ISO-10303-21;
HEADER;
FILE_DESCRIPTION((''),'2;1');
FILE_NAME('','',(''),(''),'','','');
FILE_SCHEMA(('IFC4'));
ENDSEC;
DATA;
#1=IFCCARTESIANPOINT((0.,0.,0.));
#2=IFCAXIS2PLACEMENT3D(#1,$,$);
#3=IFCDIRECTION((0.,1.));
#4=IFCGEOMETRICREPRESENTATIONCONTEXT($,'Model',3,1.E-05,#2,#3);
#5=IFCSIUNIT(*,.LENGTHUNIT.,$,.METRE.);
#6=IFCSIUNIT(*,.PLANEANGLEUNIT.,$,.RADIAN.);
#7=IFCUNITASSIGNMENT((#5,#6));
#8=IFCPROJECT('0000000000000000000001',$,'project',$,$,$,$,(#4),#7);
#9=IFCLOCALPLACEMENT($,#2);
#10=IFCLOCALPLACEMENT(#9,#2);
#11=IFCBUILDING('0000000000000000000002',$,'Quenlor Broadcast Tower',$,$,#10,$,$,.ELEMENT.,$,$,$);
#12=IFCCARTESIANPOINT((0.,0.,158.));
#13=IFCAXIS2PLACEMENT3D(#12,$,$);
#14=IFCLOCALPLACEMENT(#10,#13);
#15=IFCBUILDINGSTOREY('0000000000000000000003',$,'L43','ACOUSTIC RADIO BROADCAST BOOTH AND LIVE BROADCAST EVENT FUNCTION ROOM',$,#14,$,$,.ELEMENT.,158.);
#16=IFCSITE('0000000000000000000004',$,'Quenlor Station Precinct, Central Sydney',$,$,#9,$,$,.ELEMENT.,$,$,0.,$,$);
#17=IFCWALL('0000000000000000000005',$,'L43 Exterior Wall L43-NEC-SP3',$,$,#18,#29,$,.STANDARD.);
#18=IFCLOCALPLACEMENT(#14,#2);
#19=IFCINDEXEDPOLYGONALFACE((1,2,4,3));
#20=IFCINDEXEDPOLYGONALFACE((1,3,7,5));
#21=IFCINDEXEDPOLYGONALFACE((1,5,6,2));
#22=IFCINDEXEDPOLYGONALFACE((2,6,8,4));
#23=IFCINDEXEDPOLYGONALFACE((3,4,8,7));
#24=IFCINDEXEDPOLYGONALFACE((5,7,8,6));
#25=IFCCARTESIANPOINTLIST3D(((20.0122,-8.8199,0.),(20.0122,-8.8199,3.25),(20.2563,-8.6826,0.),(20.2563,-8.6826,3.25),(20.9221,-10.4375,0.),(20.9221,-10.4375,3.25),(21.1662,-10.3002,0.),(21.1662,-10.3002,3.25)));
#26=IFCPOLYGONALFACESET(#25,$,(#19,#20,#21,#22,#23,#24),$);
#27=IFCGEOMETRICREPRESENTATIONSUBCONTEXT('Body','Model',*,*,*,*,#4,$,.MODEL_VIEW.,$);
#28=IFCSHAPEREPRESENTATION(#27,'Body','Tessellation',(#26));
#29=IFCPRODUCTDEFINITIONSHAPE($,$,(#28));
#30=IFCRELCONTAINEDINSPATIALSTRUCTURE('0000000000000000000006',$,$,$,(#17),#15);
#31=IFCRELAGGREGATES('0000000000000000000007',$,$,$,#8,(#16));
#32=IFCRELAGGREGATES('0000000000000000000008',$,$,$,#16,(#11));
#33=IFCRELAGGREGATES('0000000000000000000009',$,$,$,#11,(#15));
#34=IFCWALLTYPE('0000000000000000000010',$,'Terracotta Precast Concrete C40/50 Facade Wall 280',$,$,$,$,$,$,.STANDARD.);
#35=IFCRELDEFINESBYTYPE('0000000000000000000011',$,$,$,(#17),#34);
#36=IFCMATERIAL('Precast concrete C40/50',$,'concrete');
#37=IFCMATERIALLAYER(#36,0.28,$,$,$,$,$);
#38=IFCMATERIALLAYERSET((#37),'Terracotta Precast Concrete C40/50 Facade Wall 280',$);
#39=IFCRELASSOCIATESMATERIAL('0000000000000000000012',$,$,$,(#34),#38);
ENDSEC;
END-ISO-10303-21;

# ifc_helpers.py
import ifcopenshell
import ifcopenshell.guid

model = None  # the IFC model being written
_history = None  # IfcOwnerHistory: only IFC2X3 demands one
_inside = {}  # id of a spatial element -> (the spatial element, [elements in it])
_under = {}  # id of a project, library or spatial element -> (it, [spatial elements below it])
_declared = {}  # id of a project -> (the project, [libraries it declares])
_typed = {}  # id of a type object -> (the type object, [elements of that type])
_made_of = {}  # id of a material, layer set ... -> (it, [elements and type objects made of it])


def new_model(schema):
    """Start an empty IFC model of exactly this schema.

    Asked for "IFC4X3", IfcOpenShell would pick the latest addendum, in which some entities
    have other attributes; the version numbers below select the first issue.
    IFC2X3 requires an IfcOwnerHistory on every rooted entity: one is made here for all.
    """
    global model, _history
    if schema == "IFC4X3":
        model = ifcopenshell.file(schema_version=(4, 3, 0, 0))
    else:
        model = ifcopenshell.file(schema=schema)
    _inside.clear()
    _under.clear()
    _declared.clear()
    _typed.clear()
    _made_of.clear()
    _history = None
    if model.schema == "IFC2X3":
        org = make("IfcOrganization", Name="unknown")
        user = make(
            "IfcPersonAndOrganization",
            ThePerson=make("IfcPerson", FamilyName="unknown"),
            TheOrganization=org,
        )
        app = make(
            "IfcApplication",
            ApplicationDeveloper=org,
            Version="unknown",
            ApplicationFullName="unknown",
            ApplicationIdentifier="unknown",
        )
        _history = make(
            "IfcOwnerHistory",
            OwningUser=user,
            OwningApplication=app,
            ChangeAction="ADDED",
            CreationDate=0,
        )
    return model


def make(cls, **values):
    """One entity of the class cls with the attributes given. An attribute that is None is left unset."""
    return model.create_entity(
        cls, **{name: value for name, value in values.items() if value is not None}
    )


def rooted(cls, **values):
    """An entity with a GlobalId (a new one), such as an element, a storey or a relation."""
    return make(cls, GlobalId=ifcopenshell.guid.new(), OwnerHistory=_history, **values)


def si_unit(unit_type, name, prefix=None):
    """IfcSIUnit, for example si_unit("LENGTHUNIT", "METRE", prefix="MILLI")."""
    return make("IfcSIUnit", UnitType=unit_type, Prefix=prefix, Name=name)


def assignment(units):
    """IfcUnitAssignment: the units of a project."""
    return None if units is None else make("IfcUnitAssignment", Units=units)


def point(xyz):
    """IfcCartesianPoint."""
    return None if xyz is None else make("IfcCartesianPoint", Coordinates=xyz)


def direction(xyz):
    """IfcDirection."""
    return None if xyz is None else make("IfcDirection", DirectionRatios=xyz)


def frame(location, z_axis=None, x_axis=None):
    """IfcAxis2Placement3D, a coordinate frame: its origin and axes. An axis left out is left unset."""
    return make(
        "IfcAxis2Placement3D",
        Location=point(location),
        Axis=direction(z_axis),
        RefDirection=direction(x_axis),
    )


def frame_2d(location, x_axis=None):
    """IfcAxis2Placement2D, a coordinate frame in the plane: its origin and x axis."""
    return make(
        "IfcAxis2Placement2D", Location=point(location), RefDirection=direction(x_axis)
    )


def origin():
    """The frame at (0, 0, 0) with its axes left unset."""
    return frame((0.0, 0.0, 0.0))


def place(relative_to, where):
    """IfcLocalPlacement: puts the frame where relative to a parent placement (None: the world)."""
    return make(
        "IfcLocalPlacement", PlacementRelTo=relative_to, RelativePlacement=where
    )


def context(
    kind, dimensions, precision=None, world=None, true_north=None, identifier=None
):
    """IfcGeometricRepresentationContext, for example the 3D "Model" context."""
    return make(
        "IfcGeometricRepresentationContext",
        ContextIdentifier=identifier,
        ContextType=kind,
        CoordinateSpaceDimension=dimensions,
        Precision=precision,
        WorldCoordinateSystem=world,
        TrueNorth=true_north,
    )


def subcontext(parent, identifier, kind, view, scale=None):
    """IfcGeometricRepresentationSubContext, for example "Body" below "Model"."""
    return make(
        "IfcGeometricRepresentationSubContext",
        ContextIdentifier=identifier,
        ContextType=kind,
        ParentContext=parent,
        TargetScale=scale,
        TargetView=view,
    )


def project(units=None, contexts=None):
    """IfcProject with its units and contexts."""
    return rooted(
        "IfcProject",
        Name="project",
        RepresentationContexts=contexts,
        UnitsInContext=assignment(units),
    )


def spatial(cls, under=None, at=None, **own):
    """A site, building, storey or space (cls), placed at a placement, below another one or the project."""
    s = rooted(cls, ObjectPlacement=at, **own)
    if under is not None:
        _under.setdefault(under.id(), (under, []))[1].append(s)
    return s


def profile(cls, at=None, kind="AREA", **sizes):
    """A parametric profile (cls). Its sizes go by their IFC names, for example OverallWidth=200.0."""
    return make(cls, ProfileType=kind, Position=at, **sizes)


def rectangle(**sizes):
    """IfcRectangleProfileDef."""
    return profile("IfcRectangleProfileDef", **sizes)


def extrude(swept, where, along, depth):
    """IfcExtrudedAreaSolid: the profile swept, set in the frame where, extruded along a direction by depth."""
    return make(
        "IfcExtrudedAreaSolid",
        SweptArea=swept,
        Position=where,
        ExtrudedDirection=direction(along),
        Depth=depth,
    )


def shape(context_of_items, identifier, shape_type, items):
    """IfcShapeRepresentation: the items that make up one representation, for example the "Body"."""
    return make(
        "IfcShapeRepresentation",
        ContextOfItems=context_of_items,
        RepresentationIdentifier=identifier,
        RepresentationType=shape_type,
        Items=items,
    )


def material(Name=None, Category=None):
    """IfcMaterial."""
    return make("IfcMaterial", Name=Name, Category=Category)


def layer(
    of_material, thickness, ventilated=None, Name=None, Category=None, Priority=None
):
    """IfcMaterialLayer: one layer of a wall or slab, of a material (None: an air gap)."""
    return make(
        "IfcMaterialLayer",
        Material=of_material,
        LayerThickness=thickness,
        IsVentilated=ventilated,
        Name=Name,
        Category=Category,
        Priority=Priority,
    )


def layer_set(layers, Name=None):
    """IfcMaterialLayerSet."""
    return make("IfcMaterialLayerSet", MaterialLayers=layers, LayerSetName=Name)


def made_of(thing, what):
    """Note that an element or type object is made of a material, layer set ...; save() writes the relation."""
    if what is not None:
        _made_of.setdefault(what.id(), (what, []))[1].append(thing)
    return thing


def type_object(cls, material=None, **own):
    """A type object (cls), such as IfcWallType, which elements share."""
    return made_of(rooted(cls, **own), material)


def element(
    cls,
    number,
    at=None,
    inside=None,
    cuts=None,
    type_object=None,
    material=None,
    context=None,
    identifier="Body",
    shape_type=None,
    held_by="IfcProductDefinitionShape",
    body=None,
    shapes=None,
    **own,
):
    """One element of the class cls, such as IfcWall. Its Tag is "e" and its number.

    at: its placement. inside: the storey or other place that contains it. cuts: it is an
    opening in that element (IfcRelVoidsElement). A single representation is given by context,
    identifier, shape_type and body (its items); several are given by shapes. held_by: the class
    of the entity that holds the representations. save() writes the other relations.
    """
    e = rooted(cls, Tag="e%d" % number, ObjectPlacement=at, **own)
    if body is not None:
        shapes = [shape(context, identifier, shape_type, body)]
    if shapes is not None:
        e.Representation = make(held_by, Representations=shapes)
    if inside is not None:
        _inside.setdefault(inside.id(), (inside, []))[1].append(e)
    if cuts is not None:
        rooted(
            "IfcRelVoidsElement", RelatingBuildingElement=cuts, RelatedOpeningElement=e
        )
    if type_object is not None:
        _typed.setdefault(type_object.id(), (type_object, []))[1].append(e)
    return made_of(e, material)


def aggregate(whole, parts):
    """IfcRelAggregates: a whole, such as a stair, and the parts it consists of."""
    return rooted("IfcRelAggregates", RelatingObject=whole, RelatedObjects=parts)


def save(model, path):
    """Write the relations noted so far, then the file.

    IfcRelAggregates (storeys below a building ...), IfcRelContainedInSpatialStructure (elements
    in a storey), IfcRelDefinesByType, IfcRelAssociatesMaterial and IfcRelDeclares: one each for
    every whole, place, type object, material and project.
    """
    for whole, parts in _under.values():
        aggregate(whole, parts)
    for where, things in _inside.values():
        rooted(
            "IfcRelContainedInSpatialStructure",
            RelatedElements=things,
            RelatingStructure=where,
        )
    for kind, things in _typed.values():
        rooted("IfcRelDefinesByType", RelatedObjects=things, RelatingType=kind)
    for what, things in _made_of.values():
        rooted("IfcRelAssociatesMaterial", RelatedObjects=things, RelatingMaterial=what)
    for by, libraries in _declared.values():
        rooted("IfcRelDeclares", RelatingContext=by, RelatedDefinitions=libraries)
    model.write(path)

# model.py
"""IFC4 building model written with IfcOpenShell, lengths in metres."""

from ifc_helpers import new_model, si_unit, direction, frame, frame_2d, origin, place, context, subcontext, project, spatial, rectangle, extrude, material, layer, layer_set, type_object, element, save


model = new_model("IFC4")

# Units and contexts
model_context = context("Model", 3, precision=1e-05, world=origin(), true_north=direction((0.0, 1.0)))
body_context = subcontext(model_context, "Body", "Model", "MODEL_VIEW")
ifc_project = project(units=[si_unit("LENGTHUNIT", "METRE"), si_unit("PLANEANGLEUNIT", "RADIAN")], contexts=[model_context])

# Site, building, storey
site_placement = place(None, origin())
site = spatial("IfcSite", under=ifc_project, at=site_placement, Name="Quenlor Station Precinct, Central Sydney", CompositionType="ELEMENT", RefElevation=0.0)
building_placement = place(site_placement, origin())
building = spatial("IfcBuilding", under=site, at=building_placement, Name="Quenlor Broadcast Tower", CompositionType="ELEMENT")
storey_placement = place(building_placement, frame((0.0, 0.0, 158.0)))
storey = spatial("IfcBuildingStorey", under=building, at=storey_placement, Name="L43", Description="ACOUSTIC RADIO BROADCAST BOOTH AND LIVE BROADCAST EVENT FUNCTION ROOM", CompositionType="ELEMENT", Elevation=158.0)

# Wall
ifc_material_1 = material(Name="Precast concrete C40/50", Category="concrete")
ifc_layer_1 = layer(ifc_material_1, 0.28)
ifc_layer_set_1 = layer_set([ifc_layer_1], Name="Terracotta Precast Concrete C40/50 Facade Wall 280")
wall_type_1 = type_object("IfcWallType", Name="Terracotta Precast Concrete C40/50 Facade Wall 280", PredefinedType="STANDARD", material=ifc_layer_set_1)
wall_1_placement = place(storey_placement, frame((20.1343, -8.7512, 0.0), z_axis=(0.0, 0.0, 1.0), x_axis=(0.490249, -0.871583, 0.0)))
element("IfcWall", 1, at=wall_1_placement, inside=storey, type_object=wall_type_1, Name="L43 Exterior Wall L43-NEC-SP3", PredefinedType="STANDARD", context=body_context, shape_type="SweptSolid", body=[
    extrude(rectangle(XDim=1.856, YDim=0.28, at=frame_2d((0.928, 0.0))), origin(), (0.0, 0.0, 1.0), 3.25),
])

save(model, "model.ifc")
